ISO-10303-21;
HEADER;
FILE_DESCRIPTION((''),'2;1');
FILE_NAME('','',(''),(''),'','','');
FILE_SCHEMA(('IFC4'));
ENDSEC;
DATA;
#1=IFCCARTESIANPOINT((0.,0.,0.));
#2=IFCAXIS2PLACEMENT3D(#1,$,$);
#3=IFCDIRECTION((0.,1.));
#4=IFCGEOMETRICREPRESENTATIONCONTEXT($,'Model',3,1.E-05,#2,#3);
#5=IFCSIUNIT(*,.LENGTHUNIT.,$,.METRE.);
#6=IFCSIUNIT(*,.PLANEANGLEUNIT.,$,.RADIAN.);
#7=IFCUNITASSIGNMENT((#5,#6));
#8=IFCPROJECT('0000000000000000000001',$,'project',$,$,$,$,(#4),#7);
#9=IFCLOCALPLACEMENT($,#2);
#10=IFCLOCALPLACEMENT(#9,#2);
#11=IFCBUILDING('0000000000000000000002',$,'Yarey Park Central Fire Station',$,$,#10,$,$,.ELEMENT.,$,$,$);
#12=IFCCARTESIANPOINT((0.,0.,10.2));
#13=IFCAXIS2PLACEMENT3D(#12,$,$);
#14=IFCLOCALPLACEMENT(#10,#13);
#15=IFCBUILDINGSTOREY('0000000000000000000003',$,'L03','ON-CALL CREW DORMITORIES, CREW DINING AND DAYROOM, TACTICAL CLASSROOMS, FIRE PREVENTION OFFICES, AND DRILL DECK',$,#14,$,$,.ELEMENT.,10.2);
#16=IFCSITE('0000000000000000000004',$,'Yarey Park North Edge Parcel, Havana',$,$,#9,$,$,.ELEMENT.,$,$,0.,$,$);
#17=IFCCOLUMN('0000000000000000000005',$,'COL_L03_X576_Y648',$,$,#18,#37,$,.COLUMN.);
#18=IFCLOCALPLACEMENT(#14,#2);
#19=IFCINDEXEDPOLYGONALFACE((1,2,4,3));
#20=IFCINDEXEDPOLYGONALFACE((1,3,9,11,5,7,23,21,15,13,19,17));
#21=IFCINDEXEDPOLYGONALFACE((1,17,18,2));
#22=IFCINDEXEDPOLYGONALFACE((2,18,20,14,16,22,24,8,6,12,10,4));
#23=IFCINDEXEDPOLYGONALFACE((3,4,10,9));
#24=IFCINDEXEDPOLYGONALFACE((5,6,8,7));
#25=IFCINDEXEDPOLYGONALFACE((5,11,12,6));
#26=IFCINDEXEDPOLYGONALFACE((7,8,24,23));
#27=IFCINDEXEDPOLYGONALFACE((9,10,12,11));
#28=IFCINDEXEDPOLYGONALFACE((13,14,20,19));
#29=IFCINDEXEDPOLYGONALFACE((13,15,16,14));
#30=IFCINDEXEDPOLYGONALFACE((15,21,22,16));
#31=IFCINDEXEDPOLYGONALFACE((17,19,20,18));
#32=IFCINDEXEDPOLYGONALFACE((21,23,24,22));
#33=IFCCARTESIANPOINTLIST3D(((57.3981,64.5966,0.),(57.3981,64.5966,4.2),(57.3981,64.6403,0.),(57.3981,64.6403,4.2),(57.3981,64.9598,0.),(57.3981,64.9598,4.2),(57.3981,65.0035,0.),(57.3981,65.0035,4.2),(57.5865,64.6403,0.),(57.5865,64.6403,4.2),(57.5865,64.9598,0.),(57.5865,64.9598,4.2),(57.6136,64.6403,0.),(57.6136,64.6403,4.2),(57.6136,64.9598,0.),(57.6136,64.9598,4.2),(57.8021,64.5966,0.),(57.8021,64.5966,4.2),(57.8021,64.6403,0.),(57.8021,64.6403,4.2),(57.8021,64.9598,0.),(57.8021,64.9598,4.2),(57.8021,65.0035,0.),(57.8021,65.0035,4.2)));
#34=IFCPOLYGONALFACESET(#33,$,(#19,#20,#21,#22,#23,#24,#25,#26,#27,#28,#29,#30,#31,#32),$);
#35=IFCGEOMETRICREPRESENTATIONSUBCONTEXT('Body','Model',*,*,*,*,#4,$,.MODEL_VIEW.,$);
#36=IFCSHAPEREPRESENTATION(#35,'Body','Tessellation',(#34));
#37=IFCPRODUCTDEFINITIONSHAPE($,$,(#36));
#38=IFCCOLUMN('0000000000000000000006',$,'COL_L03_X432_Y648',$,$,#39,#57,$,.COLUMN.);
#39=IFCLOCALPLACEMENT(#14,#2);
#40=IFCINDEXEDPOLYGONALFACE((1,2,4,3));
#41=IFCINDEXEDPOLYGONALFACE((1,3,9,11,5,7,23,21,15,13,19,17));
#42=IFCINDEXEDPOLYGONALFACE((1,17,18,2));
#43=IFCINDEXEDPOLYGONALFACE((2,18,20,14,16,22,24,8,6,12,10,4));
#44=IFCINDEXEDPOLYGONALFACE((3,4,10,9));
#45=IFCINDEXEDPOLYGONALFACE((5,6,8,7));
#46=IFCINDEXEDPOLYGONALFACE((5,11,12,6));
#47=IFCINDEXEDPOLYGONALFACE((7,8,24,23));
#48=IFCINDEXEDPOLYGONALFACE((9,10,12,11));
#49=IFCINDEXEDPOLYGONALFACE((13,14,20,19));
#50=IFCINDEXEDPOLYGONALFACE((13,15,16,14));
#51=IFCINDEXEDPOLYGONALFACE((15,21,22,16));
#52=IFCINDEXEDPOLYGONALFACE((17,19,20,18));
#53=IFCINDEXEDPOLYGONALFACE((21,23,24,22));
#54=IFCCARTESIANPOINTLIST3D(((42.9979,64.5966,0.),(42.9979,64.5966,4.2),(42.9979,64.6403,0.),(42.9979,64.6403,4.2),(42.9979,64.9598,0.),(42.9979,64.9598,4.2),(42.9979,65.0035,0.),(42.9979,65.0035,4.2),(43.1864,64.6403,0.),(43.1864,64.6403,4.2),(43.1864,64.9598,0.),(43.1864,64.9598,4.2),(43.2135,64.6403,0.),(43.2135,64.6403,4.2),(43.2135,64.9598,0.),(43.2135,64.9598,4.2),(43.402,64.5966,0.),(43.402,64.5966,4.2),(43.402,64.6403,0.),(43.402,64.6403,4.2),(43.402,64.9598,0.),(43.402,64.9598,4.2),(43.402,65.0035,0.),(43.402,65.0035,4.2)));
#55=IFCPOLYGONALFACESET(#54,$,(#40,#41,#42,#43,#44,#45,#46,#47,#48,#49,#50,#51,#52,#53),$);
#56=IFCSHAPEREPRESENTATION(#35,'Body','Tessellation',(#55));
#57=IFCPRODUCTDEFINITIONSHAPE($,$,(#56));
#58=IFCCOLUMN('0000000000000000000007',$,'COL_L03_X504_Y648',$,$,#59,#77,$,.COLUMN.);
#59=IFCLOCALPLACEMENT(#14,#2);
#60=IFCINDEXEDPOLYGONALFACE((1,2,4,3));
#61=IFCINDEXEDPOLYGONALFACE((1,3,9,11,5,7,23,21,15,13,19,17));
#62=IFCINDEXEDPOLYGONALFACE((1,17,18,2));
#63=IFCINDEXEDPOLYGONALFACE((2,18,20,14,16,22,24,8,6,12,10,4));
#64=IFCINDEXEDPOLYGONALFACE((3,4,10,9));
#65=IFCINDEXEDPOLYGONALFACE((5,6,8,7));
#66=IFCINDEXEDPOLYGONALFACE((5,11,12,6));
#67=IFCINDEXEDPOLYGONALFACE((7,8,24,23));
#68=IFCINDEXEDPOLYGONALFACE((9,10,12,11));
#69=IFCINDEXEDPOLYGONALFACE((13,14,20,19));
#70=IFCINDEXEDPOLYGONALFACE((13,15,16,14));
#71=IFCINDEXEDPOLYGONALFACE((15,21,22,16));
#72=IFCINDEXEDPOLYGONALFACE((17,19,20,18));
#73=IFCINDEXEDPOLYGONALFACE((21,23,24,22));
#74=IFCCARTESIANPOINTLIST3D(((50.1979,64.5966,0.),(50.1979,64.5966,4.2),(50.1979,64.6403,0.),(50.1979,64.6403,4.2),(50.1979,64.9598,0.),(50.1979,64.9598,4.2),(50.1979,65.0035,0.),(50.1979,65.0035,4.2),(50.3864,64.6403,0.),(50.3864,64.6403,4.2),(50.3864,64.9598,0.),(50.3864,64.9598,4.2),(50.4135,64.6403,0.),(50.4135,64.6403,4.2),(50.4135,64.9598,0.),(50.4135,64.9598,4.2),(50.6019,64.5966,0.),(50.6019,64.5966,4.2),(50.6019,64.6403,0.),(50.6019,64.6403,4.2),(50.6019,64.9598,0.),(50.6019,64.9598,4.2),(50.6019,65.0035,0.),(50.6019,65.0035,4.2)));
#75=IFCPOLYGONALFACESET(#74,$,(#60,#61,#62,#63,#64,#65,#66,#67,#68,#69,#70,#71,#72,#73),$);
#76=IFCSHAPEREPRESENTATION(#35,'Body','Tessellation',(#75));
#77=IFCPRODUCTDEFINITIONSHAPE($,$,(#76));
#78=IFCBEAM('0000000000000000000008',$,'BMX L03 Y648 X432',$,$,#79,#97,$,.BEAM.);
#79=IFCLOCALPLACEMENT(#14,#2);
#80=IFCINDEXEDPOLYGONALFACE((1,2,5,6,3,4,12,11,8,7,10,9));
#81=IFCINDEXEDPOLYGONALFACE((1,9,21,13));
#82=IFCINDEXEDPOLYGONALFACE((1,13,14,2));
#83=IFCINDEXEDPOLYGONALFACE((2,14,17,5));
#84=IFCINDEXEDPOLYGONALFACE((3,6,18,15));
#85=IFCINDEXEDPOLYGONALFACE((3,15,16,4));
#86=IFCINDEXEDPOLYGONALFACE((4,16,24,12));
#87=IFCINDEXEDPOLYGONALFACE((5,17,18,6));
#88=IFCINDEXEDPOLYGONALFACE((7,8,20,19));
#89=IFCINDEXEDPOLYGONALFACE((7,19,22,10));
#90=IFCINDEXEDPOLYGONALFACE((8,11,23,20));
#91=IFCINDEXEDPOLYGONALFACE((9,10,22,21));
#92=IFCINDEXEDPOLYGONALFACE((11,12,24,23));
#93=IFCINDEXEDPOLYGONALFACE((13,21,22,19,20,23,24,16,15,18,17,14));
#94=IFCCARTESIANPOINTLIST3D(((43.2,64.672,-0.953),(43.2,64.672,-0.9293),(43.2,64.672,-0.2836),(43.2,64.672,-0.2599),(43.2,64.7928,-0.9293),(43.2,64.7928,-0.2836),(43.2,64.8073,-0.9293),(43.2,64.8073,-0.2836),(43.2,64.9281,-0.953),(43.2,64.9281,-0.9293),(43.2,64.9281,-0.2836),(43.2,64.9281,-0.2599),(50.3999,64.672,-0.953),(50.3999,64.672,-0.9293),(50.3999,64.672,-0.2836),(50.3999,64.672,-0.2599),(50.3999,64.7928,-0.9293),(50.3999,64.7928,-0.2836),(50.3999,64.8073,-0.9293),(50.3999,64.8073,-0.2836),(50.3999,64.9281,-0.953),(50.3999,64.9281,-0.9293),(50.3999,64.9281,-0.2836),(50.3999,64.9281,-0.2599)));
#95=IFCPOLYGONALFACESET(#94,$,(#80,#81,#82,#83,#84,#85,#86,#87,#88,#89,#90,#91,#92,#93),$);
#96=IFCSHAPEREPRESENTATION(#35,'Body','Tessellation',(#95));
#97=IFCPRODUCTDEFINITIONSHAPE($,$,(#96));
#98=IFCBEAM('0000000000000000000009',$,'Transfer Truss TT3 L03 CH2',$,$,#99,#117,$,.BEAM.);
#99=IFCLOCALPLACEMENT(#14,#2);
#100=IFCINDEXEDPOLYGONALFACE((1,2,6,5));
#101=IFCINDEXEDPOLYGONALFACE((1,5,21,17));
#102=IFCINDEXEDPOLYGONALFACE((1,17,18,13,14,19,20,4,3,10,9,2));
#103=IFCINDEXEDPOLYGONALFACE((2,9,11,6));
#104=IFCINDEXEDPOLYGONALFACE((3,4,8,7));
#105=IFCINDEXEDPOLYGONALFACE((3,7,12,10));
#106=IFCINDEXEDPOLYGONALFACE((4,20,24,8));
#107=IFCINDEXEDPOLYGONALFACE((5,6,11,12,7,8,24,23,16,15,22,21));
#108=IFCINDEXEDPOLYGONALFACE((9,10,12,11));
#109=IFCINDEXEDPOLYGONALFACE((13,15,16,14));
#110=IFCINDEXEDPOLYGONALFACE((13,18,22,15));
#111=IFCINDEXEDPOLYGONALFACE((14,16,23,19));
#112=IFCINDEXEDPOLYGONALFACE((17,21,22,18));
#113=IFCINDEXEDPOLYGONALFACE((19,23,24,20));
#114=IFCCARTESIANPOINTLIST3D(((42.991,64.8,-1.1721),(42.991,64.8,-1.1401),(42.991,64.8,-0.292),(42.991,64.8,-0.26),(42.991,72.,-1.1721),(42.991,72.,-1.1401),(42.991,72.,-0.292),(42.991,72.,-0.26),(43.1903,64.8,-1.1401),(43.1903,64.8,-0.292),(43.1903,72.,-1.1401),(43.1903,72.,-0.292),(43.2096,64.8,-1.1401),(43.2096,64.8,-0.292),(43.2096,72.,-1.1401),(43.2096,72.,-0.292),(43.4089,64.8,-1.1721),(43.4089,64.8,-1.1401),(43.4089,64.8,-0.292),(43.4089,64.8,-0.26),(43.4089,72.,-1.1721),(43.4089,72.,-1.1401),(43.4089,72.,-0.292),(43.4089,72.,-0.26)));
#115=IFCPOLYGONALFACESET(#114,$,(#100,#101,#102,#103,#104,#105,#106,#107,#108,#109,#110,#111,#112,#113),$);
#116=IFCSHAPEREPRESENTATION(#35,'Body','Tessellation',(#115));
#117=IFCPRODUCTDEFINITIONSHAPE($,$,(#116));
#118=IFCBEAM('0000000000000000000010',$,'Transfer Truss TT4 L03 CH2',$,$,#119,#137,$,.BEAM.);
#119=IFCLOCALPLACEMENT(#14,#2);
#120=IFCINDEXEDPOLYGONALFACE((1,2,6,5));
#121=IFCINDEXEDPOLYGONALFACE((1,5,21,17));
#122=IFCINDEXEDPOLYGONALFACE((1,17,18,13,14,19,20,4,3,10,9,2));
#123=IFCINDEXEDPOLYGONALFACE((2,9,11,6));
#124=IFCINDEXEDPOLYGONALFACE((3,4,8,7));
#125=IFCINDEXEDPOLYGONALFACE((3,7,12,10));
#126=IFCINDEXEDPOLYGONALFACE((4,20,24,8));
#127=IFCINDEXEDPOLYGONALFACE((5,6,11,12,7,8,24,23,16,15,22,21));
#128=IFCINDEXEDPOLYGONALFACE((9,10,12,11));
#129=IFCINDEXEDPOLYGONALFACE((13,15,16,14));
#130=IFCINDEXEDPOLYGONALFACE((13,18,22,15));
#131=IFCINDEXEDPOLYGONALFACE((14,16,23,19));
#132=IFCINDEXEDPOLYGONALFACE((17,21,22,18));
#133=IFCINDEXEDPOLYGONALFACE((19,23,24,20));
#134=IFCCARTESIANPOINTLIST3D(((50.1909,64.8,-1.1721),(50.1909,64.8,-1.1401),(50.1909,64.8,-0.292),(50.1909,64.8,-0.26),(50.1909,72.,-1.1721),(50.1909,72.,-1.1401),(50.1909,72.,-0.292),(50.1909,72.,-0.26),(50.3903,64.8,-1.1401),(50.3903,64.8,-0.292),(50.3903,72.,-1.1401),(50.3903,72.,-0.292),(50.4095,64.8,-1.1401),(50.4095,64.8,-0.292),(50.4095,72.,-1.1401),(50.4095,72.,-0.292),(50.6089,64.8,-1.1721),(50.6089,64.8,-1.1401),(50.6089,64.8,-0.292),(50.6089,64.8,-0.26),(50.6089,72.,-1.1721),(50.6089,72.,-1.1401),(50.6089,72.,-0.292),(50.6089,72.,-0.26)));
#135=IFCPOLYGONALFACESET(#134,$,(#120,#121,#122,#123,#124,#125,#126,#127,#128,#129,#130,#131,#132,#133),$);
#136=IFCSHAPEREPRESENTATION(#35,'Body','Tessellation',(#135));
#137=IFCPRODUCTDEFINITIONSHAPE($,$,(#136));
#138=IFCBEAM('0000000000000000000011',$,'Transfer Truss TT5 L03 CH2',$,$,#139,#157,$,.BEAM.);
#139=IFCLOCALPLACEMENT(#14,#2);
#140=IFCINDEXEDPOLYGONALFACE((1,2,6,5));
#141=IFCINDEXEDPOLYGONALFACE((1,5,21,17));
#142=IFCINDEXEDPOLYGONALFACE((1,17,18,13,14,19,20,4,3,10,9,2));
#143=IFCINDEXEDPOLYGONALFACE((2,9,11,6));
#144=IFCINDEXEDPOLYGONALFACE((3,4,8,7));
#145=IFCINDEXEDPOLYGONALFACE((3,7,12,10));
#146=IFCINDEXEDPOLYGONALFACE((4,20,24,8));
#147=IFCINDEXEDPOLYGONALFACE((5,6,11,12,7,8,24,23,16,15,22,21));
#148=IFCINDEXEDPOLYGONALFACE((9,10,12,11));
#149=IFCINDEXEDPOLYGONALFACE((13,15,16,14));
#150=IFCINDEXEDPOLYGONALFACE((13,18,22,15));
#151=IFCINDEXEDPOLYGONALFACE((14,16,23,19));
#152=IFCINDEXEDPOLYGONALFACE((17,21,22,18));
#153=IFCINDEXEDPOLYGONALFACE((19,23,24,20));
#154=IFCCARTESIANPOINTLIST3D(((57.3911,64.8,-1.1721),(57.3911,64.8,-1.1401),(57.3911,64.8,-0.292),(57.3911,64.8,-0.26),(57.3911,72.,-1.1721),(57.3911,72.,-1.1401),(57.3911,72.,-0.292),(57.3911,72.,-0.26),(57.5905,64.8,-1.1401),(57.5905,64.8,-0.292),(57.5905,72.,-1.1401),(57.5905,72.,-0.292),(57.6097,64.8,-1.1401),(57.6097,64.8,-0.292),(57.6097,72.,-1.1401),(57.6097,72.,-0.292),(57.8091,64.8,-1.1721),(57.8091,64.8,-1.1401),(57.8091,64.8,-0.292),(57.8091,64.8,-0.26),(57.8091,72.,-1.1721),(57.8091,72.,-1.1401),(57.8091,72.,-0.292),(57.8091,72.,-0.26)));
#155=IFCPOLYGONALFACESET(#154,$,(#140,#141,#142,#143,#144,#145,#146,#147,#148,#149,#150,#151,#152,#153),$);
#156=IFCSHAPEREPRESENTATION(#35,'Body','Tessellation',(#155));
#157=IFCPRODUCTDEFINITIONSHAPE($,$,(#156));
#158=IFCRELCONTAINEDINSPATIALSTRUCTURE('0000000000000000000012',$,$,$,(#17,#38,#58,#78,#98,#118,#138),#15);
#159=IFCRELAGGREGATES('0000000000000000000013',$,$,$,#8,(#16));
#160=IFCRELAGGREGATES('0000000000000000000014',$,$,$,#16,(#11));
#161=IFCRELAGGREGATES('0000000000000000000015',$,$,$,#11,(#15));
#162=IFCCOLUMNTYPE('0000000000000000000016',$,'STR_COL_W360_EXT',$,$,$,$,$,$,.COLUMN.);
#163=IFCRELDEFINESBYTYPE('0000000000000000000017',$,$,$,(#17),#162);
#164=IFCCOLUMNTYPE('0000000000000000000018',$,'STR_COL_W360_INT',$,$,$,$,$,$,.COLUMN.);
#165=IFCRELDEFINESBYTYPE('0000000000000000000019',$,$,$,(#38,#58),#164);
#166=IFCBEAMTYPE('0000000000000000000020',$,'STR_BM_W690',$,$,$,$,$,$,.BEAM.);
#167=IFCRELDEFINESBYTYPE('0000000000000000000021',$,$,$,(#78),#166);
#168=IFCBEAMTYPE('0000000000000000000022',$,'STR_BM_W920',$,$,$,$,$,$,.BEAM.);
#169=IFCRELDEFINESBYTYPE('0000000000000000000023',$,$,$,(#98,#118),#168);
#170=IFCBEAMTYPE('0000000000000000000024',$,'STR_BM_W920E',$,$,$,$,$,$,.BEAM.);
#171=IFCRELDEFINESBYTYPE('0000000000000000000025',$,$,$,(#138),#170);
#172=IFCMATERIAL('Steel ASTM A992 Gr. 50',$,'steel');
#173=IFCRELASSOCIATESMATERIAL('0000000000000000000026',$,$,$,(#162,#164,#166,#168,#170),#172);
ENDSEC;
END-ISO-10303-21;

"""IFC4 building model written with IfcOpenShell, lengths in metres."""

from ifc_helpers import new_model, si_unit, direction, frame, origin, origin_2d, place, context, subcontext, project, spatial, i_section, extrude, material, material_profile, profile_set, type_object, element, save


model = new_model("IFC4")

# Units and contexts
model_context = context("Model", 3, precision=1e-05, world=origin(), true_north=direction((0.0, 1.0)))
body_context = subcontext(model_context, "Body", "Model", "MODEL_VIEW")
ifc_project = project(units=[si_unit("LENGTHUNIT", "METRE"), si_unit("PLANEANGLEUNIT", "RADIAN")], contexts=[model_context])

# Site, building, storey
site_placement = place(None, origin())
site = spatial("IfcSite", under=ifc_project, at=site_placement, Name="Yarey Park North Edge Parcel, Havana", CompositionType="ELEMENT", RefElevation=0.0)
building_placement = place(site_placement, origin())
building = spatial("IfcBuilding", under=site, at=building_placement, Name="Yarey Park Central Fire Station", CompositionType="ELEMENT")
storey_placement = place(building_placement, frame((0.0, 0.0, 10.2)))
storey = spatial("IfcBuildingStorey", under=building, at=storey_placement, Name="L03", Description="ON-CALL CREW DORMITORIES, CREW DINING AND DAYROOM, TACTICAL CLASSROOMS, FIRE PREVENTION OFFICES, AND DRILL DECK", CompositionType="ELEMENT", Elevation=10.2)

# Columns
ifc_material_1 = material(Name="Steel ASTM A992 Gr. 50", Category="steel")
ifc_material_profile_1 = material_profile(ifc_material_1, i_section(OverallWidth=0.4041, OverallDepth=0.407, WebThickness=0.0271, FlangeThickness=0.0437, at=origin_2d()), Name="W360x347")
ifc_profile_set_1 = profile_set([ifc_material_profile_1], Name="Steel ASTM A992 Gr. 50")
column_type_1 = type_object("IfcColumnType", Name="STR_COL_W360_EXT", PredefinedType="COLUMN", material=ifc_profile_set_1)
column_placement = place(storey_placement, frame((57.6001, 64.8, 0.0), z_axis=(0.0, 0.0, 1.0), x_axis=(1.0, 0.0, 0.0)))
element("IfcColumn", 1, at=column_placement, inside=storey, type_object=column_type_1, Name="COL_L03_X576_Y648", PredefinedType="COLUMN", context=body_context, shape_type="SweptSolid", body=[
    extrude(i_section(OverallWidth=0.4041, OverallDepth=0.407, WebThickness=0.0271, FlangeThickness=0.0437, at=origin_2d()), origin(), (0.0, 0.0, 1.0), 4.2),
])
ifc_material_profile_2 = material_profile(ifc_material_1, i_section(OverallWidth=0.4041, OverallDepth=0.407, WebThickness=0.0271, FlangeThickness=0.0437, at=origin_2d()), Name="W360x347")
ifc_profile_set_2 = profile_set([ifc_material_profile_2], Name="Steel ASTM A992 Gr. 50")
column_type_2 = type_object("IfcColumnType", Name="STR_COL_W360_INT", PredefinedType="COLUMN", material=ifc_profile_set_2)
for number, where, z_axis, x_axis, name in (
    (2, (43.2, 64.8, 0.0), (0.0, 0.0, 1.0), (1.0, 0.0, 0.0), "COL_L03_X432_Y648"),
    (3, (50.3999, 64.8, 0.0), (0.0, 0.0, 1.0), (1.0, 0.0, 0.0), "COL_L03_X504_Y648"),
):
    element("IfcColumn", number, at=place(storey_placement, frame(where, z_axis=z_axis, x_axis=x_axis)), inside=storey, type_object=column_type_2, Name=name, PredefinedType="COLUMN", context=body_context, shape_type="SweptSolid", body=[
        extrude(i_section(OverallWidth=0.4041, OverallDepth=0.407, WebThickness=0.0271, FlangeThickness=0.0437, at=origin_2d()), origin(), (0.0, 0.0, 1.0), 4.2),
    ])

# Beams
ifc_material_profile_3 = material_profile(ifc_material_1, i_section(OverallWidth=0.2561, OverallDepth=0.6931, WebThickness=0.0144, FlangeThickness=0.0237, at=origin_2d()), Name="W690x170")
ifc_profile_set_3 = profile_set([ifc_material_profile_3], Name="Steel ASTM A992 Gr. 50")
beam_type_1 = type_object("IfcBeamType", Name="STR_BM_W690", PredefinedType="BEAM", material=ifc_profile_set_3)
beam_1_placement = place(storey_placement, frame((43.2, 64.8, -0.6064), z_axis=(1.0, 0.0, 0.0), x_axis=(0.0, 1.0, 0.0)))
element("IfcBeam", 4, at=beam_1_placement, inside=storey, type_object=beam_type_1, Name="BMX L03 Y648 X432", PredefinedType="BEAM", context=body_context, shape_type="SweptSolid", body=[
    extrude(i_section(OverallWidth=0.2561, OverallDepth=0.6931, WebThickness=0.0144, FlangeThickness=0.0237, at=origin_2d()), origin(), (0.0, 0.0, 1.0), 7.2),
])
ifc_material_profile_4 = material_profile(ifc_material_1, i_section(OverallWidth=0.418, OverallDepth=0.9121, WebThickness=0.0193, FlangeThickness=0.032, at=origin_2d()), Name="W920x342")
ifc_profile_set_4 = profile_set([ifc_material_profile_4], Name="Steel ASTM A992 Gr. 50")
beam_type_2 = type_object("IfcBeamType", Name="STR_BM_W920", PredefinedType="BEAM", material=ifc_profile_set_4)
for number, where, z_axis, x_axis, name in (
    (5, (43.2, 64.8, -0.7161), (0.0, 1.0, 0.0), (-1.0, 0.0, 0.0), "Transfer Truss TT3 L03 CH2"),
    (6, (50.3999, 64.8, -0.7161), (0.0, 1.0, 0.0), (-1.0, 0.0, 0.0), "Transfer Truss TT4 L03 CH2"),
):
    element("IfcBeam", number, at=place(storey_placement, frame(where, z_axis=z_axis, x_axis=x_axis)), inside=storey, type_object=beam_type_2, Name=name, PredefinedType="BEAM", context=body_context, shape_type="SweptSolid", body=[
        extrude(i_section(OverallWidth=0.418, OverallDepth=0.9121, WebThickness=0.0193, FlangeThickness=0.032, at=origin_2d()), origin(), (0.0, 0.0, 1.0), 7.2),
    ])
ifc_material_profile_5 = material_profile(ifc_material_1, i_section(OverallWidth=0.418, OverallDepth=0.9121, WebThickness=0.0193, FlangeThickness=0.032, at=origin_2d()), Name="W920x342")
ifc_profile_set_5 = profile_set([ifc_material_profile_5], Name="Steel ASTM A992 Gr. 50")
beam_type_3 = type_object("IfcBeamType", Name="STR_BM_W920E", PredefinedType="BEAM", material=ifc_profile_set_5)
beam_2_placement = place(storey_placement, frame((57.6001, 64.8, -0.7161), z_axis=(0.0, 1.0, 0.0), x_axis=(-1.0, 0.0, 0.0)))
element("IfcBeam", 7, at=beam_2_placement, inside=storey, type_object=beam_type_3, Name="Transfer Truss TT5 L03 CH2", PredefinedType="BEAM", context=body_context, shape_type="SweptSolid", body=[
    extrude(i_section(OverallWidth=0.418, OverallDepth=0.9121, WebThickness=0.0193, FlangeThickness=0.032, at=origin_2d()), origin(), (0.0, 0.0, 1.0), 7.2),
])

save(model, "model.ifc")
